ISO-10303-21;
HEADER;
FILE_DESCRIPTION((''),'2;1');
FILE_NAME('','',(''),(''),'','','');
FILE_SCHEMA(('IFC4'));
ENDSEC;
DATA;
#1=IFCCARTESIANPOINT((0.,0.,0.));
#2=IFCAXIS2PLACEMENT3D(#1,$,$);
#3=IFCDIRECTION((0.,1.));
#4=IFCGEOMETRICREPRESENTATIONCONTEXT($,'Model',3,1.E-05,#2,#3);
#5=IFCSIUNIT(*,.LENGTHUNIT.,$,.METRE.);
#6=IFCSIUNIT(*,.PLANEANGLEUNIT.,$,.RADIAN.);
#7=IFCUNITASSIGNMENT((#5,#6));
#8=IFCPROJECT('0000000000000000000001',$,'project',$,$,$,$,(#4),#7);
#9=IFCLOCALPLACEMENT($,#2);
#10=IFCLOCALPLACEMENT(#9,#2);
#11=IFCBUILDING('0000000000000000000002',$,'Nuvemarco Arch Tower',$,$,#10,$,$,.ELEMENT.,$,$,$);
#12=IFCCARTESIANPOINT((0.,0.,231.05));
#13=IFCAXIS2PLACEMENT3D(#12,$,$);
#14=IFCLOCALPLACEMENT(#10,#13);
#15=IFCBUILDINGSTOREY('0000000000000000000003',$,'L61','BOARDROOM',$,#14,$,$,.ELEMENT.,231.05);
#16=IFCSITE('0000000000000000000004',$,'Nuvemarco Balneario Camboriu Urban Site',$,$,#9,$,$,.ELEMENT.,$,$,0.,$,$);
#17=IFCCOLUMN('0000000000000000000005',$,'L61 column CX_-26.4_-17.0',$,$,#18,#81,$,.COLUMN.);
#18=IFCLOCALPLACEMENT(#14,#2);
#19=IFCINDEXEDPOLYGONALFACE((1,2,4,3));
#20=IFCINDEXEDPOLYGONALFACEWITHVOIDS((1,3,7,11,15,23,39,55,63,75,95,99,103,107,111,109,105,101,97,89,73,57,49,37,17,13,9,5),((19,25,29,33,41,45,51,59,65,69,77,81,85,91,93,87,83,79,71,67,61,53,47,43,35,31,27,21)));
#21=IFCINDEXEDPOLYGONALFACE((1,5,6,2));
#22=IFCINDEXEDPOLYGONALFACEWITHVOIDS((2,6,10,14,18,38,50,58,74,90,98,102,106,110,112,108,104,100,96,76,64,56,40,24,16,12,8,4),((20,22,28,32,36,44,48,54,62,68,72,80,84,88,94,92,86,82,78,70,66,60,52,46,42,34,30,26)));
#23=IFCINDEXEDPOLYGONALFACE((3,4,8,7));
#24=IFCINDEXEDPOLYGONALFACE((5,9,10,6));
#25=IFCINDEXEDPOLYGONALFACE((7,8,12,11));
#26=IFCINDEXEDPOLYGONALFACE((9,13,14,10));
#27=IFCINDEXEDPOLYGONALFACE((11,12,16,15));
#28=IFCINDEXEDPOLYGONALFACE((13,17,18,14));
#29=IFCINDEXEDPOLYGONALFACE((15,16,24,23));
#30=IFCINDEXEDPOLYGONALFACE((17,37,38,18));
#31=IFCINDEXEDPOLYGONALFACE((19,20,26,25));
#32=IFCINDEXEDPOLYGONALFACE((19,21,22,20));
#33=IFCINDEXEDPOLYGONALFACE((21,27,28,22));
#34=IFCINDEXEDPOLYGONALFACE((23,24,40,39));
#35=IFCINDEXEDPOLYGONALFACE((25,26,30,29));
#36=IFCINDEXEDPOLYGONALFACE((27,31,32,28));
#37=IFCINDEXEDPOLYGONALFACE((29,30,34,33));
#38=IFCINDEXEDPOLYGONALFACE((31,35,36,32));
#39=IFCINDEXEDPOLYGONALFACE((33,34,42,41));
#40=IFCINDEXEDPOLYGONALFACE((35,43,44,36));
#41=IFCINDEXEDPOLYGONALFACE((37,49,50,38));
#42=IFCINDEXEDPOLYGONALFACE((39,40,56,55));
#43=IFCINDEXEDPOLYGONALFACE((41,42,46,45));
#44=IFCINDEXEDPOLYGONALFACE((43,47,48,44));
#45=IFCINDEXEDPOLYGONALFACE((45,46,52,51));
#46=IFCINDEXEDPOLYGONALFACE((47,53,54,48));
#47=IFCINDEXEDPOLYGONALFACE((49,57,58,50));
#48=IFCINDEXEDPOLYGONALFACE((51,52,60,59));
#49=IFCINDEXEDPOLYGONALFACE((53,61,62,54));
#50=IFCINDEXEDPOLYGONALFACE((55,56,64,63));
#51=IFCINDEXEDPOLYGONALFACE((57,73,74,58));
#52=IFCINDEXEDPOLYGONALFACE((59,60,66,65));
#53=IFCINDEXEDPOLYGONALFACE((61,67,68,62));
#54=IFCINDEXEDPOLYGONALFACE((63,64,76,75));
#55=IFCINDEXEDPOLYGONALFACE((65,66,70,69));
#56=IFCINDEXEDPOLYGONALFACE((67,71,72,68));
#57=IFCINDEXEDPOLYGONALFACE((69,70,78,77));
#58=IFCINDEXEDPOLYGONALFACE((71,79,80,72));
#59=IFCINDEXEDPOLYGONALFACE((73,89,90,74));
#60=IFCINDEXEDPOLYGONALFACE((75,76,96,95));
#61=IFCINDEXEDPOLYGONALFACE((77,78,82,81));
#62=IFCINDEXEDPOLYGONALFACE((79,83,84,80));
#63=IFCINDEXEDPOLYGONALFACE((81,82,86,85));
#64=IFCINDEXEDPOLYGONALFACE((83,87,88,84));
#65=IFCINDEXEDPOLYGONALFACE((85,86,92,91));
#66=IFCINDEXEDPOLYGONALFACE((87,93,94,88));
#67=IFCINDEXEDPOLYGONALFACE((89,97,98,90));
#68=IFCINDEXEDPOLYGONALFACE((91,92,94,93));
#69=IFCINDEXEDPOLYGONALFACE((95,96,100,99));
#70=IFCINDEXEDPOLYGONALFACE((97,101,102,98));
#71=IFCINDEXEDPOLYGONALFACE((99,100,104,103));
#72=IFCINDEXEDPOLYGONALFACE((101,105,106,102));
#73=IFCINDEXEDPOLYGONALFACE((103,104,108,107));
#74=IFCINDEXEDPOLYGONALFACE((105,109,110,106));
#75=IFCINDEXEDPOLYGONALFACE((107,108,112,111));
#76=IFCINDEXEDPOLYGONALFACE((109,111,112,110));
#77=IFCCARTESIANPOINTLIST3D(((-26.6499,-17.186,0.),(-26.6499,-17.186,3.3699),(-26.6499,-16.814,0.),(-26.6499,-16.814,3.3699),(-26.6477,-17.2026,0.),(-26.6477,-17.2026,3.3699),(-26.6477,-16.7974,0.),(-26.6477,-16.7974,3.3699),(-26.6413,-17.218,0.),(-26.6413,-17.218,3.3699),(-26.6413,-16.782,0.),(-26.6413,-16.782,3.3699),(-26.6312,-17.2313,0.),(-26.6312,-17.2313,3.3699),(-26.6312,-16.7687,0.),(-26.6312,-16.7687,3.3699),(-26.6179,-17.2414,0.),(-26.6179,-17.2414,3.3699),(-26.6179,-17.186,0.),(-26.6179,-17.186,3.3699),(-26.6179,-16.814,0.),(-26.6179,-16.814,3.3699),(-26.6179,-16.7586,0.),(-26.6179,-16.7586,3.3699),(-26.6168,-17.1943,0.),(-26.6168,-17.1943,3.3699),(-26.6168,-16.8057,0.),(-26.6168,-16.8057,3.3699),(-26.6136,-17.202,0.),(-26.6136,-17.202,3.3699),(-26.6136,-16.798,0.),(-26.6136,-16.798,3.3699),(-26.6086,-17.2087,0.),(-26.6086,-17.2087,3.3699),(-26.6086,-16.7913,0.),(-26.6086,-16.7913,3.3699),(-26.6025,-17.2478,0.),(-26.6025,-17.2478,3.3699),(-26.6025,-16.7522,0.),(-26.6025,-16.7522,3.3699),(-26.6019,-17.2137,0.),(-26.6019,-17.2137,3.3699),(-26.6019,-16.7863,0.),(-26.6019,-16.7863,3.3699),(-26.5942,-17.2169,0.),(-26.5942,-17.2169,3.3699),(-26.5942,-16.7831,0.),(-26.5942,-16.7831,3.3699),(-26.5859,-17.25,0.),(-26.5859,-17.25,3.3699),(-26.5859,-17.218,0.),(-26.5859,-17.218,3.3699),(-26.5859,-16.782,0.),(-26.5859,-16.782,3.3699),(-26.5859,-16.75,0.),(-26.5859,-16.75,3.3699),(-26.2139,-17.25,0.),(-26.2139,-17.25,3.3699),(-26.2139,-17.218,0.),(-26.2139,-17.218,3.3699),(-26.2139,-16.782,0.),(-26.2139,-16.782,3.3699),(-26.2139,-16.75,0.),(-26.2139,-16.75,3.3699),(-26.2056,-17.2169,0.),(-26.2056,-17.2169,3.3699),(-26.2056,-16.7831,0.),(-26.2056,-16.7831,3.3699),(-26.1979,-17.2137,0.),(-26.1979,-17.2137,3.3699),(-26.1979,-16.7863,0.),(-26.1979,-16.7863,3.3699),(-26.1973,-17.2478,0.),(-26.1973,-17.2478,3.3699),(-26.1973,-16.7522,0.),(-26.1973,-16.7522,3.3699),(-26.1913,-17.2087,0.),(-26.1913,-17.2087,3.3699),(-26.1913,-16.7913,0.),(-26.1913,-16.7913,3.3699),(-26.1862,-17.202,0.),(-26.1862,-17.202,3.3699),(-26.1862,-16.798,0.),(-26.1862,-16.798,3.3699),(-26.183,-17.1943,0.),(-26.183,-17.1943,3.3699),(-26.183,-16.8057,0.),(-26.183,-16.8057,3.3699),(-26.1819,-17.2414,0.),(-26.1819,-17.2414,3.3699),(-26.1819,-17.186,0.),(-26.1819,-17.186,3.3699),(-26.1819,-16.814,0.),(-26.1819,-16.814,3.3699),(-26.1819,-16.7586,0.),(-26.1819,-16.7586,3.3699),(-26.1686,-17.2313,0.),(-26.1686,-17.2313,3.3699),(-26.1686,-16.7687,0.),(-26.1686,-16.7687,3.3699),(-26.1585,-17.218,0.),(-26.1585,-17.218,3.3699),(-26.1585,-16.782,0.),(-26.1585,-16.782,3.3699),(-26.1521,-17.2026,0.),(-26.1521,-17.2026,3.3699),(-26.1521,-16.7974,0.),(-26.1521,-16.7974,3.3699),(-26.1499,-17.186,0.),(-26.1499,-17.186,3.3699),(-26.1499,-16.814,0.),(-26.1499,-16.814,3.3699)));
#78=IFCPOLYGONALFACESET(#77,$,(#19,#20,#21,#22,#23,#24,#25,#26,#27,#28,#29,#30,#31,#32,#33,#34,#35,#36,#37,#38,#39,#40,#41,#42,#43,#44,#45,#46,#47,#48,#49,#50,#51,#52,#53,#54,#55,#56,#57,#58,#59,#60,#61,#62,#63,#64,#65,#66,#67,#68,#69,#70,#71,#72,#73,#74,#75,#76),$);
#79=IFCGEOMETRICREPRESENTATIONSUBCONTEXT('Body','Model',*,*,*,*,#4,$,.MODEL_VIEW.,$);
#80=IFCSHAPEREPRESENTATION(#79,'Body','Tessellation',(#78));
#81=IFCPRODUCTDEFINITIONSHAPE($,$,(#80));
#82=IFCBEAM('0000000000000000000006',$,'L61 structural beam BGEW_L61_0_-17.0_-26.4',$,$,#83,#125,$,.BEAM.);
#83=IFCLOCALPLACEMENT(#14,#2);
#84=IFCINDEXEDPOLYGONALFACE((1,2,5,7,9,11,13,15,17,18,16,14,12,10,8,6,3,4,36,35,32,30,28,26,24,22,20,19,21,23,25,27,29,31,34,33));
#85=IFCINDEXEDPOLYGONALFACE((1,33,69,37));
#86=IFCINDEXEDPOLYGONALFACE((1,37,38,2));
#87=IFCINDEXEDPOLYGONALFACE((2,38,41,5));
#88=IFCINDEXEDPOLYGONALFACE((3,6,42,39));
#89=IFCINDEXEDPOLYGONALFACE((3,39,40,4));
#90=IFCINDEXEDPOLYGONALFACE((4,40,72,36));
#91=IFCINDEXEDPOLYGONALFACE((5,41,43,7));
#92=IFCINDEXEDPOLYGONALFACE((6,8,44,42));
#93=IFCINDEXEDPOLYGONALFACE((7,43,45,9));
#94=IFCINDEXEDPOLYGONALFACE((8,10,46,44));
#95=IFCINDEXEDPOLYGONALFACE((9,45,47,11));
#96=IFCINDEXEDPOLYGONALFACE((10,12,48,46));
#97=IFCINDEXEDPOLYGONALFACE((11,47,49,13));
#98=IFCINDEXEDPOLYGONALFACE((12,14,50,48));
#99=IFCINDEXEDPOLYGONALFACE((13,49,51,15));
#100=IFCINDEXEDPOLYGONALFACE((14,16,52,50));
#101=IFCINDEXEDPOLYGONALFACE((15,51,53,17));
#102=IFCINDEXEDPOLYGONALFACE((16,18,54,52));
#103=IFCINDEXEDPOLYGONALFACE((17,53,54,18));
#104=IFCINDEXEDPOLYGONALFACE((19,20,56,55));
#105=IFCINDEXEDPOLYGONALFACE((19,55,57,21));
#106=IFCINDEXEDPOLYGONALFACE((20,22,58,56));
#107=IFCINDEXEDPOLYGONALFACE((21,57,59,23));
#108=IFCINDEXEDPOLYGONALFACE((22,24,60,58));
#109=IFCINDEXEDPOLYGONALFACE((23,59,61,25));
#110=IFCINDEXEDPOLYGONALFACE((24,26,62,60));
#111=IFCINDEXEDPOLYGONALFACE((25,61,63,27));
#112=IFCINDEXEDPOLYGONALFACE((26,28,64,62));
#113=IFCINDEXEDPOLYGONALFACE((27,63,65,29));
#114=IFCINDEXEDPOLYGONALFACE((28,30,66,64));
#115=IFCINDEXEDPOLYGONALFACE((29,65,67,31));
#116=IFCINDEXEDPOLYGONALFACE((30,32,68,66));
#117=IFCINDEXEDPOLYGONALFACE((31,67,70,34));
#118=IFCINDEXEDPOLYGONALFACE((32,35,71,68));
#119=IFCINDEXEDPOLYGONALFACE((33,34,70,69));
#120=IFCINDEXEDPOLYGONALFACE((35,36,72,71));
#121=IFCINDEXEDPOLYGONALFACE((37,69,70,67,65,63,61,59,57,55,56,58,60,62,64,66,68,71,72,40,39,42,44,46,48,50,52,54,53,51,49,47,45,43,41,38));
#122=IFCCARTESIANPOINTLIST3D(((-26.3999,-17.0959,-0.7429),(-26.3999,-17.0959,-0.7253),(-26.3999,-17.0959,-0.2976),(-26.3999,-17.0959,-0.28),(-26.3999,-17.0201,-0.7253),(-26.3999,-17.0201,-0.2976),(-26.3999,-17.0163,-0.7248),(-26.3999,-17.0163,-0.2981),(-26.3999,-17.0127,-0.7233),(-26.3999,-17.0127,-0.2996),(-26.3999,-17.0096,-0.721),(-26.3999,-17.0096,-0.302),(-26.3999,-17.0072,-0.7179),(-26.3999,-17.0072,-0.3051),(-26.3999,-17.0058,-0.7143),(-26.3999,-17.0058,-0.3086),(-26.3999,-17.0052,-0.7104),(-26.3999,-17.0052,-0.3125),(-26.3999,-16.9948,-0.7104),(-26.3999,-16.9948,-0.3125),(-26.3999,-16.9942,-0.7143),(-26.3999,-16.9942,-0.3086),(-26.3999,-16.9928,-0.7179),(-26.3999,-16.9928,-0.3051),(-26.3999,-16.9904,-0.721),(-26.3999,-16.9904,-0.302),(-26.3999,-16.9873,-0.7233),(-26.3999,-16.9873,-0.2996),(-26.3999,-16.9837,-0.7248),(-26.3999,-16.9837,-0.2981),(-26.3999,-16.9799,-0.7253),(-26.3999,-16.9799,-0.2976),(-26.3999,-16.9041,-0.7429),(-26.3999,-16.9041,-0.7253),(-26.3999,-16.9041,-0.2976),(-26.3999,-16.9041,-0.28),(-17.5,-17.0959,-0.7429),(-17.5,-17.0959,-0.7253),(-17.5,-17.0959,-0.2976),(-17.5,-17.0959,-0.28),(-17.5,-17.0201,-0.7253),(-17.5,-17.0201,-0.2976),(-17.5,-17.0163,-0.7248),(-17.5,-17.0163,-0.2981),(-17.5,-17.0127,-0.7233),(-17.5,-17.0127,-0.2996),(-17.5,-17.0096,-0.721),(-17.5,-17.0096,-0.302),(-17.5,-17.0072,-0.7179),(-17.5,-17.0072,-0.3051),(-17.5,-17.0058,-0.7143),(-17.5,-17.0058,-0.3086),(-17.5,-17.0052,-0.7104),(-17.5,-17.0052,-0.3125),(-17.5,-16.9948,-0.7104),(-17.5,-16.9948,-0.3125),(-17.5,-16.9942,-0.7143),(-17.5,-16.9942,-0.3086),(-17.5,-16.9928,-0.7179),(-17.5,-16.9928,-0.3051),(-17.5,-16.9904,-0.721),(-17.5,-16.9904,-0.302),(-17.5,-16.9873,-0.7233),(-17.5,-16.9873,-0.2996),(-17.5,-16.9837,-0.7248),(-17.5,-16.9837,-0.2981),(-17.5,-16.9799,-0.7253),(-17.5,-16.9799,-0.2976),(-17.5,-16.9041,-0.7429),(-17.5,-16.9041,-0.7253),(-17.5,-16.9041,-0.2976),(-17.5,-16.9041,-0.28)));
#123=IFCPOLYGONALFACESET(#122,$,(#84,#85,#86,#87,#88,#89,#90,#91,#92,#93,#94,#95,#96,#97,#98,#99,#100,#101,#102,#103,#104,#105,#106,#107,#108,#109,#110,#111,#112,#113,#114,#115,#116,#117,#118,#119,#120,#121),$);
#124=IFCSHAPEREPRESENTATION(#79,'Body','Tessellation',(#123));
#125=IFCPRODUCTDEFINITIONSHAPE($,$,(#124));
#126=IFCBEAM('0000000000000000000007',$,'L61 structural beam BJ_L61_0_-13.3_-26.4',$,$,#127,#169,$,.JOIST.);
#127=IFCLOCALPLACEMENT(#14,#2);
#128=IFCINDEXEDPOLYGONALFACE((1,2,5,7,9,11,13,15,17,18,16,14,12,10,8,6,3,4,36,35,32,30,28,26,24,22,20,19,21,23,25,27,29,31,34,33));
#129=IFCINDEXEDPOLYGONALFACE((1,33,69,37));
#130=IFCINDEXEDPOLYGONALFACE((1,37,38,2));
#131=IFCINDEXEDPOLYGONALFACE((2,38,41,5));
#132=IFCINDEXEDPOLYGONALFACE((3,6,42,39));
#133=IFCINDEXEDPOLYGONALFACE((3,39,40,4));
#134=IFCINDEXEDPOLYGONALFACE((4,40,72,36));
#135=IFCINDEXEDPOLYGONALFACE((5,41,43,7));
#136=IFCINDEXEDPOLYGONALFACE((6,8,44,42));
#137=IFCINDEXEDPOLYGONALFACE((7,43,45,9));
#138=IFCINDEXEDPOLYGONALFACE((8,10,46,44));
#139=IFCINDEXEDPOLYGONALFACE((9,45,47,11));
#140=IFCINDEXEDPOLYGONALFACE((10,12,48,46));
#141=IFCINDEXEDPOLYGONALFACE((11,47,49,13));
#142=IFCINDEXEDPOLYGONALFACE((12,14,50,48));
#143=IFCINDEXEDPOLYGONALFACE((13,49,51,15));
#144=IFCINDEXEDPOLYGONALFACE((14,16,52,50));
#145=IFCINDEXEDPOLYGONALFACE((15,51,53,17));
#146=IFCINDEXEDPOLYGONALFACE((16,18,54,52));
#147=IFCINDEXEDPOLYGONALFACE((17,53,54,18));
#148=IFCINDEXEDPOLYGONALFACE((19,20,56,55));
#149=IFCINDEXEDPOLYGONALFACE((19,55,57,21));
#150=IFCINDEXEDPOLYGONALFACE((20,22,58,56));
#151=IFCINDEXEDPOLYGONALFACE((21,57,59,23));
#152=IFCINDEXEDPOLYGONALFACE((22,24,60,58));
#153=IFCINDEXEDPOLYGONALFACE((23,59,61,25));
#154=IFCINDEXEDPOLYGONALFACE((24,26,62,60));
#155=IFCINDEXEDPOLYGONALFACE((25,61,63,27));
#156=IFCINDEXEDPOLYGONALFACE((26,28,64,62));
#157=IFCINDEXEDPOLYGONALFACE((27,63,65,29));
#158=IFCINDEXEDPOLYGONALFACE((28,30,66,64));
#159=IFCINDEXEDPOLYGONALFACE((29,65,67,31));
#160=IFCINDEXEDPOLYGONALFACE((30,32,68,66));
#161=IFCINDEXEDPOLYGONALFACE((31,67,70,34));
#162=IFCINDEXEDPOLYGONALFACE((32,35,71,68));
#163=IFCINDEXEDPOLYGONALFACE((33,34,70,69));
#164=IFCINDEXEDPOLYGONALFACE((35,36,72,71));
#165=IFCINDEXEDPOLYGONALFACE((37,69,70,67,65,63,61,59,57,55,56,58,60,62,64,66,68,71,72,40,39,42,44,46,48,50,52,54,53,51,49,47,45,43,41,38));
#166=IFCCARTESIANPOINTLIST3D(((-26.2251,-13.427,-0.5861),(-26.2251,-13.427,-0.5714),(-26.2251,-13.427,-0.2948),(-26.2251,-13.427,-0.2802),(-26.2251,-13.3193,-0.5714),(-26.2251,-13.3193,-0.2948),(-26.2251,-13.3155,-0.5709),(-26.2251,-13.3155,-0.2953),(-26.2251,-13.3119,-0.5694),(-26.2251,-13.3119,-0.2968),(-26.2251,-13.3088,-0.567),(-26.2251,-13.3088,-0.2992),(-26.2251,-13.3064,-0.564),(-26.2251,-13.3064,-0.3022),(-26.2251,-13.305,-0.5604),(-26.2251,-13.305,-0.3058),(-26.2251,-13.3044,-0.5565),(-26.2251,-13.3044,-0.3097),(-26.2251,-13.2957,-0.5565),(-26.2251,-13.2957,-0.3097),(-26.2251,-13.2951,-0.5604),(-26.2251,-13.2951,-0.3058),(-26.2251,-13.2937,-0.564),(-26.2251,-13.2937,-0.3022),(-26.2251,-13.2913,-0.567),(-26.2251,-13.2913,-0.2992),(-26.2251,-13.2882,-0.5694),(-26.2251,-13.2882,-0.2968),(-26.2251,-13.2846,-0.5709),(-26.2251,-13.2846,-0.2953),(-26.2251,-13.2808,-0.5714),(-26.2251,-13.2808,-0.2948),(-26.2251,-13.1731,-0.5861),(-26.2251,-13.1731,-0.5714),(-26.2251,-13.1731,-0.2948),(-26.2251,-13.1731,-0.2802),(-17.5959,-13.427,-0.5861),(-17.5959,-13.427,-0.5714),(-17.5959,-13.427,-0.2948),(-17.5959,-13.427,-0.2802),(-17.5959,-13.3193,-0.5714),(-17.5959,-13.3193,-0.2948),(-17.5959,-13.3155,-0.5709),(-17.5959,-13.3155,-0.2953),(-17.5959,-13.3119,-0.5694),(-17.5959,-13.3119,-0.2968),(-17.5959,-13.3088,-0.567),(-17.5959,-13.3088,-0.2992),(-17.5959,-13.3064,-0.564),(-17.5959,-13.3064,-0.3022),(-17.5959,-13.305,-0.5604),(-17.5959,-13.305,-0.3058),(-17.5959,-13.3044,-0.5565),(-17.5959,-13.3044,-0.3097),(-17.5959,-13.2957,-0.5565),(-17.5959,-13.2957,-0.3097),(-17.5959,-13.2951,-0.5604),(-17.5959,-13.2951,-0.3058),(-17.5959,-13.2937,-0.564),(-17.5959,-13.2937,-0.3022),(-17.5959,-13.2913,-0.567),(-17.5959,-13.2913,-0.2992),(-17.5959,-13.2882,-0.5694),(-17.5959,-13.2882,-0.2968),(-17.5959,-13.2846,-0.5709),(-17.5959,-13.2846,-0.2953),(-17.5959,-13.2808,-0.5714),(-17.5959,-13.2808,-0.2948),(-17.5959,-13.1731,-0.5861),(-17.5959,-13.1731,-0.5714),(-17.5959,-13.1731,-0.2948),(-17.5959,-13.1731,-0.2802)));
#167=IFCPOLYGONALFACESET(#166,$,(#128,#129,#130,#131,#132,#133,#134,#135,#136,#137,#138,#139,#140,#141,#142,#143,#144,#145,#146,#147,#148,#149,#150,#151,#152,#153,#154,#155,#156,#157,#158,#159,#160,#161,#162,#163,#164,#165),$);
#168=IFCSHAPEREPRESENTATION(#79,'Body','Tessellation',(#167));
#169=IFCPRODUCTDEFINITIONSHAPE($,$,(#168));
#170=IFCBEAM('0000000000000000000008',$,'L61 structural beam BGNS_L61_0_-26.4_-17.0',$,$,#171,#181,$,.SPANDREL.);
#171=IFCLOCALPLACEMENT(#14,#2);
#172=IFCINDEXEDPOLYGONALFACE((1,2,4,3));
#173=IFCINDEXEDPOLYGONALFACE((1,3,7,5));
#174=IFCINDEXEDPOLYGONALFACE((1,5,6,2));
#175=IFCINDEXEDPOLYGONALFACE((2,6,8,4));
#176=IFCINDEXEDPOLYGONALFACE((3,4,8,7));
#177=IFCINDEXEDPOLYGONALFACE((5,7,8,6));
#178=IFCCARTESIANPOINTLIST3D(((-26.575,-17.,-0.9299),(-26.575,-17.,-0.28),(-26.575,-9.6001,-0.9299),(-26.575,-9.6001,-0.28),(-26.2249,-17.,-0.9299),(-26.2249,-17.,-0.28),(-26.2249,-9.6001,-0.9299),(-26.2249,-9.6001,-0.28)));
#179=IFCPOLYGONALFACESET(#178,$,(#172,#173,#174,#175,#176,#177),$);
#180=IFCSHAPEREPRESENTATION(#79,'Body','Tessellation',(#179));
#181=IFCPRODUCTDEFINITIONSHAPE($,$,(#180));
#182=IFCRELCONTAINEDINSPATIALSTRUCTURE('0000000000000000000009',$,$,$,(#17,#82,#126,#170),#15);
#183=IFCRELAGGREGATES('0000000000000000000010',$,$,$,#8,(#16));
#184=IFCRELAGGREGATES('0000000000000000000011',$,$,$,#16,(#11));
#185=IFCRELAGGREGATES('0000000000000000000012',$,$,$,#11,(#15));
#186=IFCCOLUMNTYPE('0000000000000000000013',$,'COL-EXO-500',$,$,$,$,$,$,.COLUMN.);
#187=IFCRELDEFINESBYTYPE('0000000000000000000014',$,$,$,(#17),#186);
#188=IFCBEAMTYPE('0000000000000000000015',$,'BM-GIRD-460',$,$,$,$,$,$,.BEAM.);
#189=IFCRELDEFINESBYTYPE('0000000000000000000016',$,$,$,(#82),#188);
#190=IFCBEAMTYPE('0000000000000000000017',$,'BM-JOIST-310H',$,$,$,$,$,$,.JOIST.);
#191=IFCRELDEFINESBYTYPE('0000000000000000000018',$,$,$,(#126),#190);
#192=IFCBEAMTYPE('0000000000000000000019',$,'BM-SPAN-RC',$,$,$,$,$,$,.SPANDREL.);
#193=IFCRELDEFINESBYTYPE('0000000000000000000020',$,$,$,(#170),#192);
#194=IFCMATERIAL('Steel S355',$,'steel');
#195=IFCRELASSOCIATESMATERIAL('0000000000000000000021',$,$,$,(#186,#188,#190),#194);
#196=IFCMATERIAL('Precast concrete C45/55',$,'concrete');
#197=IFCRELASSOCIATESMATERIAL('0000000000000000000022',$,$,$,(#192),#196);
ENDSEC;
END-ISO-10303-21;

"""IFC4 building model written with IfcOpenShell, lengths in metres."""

from ifc_helpers import new_model, si_unit, direction, frame, origin, origin_2d, place, context, subcontext, project, spatial, rectangle, hollow_rectangle, i_section, extrude, material, material_profile, profile_set, type_object, element, save


model = new_model("IFC4")

# Units and contexts
model_context = context("Model", 3, precision=1e-05, world=origin(), true_north=direction((0.0, 1.0)))
body_context = subcontext(model_context, "Body", "Model", "MODEL_VIEW")
ifc_project = project(units=[si_unit("LENGTHUNIT", "METRE"), si_unit("PLANEANGLEUNIT", "RADIAN")], contexts=[model_context])

# Site, building, storey
site_placement = place(None, origin())
site = spatial("IfcSite", under=ifc_project, at=site_placement, Name="Nuvemarco Balneario Camboriu Urban Site", CompositionType="ELEMENT", RefElevation=0.0)
building_placement = place(site_placement, origin())
building = spatial("IfcBuilding", under=site, at=building_placement, Name="Nuvemarco Arch Tower", CompositionType="ELEMENT")
storey_placement = place(building_placement, frame((0.0, 0.0, 231.05)))
storey = spatial("IfcBuildingStorey", under=building, at=storey_placement, Name="L61", Description="BOARDROOM", CompositionType="ELEMENT", Elevation=231.05)

# Column
ifc_material_1 = material(Name="Steel S355", Category="steel")
ifc_material_profile_1 = material_profile(ifc_material_1, hollow_rectangle(XDim=0.5, YDim=0.5, WallThickness=0.032, InnerFilletRadius=0.032, OuterFilletRadius=0.064, at=origin_2d()), Name="SHS500x500x32")
ifc_profile_set_1 = profile_set([ifc_material_profile_1], Name="Steel S355")
column_type = type_object("IfcColumnType", Name="COL-EXO-500", PredefinedType="COLUMN", material=ifc_profile_set_1)
column_placement = place(storey_placement, frame((-26.3999, -17.0, 0.0), z_axis=(0.0, 0.0, 1.0), x_axis=(1.0, 0.0, 0.0)))
element("IfcColumn", 1, at=column_placement, inside=storey, type_object=column_type, Name="L61 column CX_-26.4_-17.0", PredefinedType="COLUMN", context=body_context, shape_type="SweptSolid", body=[
    extrude(hollow_rectangle(XDim=0.5, YDim=0.5, WallThickness=0.032, InnerFilletRadius=0.032, OuterFilletRadius=0.064, at=origin_2d()), origin(), (0.0, 0.0, 1.0), 3.3699),
])

# Beams
ifc_material_profile_2 = material_profile(ifc_material_1, i_section(OverallWidth=0.1919, OverallDepth=0.4629, WebThickness=0.0105, FlangeThickness=0.0176, FilletRadius=0.0149, at=origin_2d()), Name="W460x89")
ifc_profile_set_2 = profile_set([ifc_material_profile_2], Name="Steel S355")
beam_type_1 = type_object("IfcBeamType", Name="BM-GIRD-460", PredefinedType="BEAM", material=ifc_profile_set_2)
beam_1_placement = place(storey_placement, frame((-26.3999, -17.0, -0.5115), z_axis=(1.0, 0.0, 0.0), x_axis=(0.0, 1.0, 0.0)))
element("IfcBeam", 2, at=beam_1_placement, inside=storey, type_object=beam_type_1, Name="L61 structural beam BGEW_L61_0_-17.0_-26.4", PredefinedType="BEAM", context=body_context, shape_type="SweptSolid", body=[
    extrude(i_section(OverallWidth=0.1919, OverallDepth=0.4629, WebThickness=0.0105, FlangeThickness=0.0176, FilletRadius=0.0149, at=origin_2d()), origin(), (0.0, 0.0, 1.0), 8.8999),
])
ifc_material_profile_3 = material_profile(ifc_material_1, i_section(OverallWidth=0.2539, OverallDepth=0.3059, WebThickness=0.0088, FlangeThickness=0.0146, FilletRadius=0.0149, at=origin_2d()), Name="W310x79")
ifc_profile_set_3 = profile_set([ifc_material_profile_3], Name="Steel S355")
beam_type_2 = type_object("IfcBeamType", Name="BM-JOIST-310H", PredefinedType="JOIST", material=ifc_profile_set_3)
beam_2_placement = place(storey_placement, frame((-26.2251, -13.3, -0.4331), z_axis=(1.0, 0.0, 0.0), x_axis=(0.0, 1.0, 0.0)))
element("IfcBeam", 3, at=beam_2_placement, inside=storey, type_object=beam_type_2, Name="L61 structural beam BJ_L61_0_-13.3_-26.4", PredefinedType="JOIST", context=body_context, shape_type="SweptSolid", body=[
    extrude(i_section(OverallWidth=0.2539, OverallDepth=0.3059, WebThickness=0.0088, FlangeThickness=0.0146, FilletRadius=0.0149, at=origin_2d()), origin(), (0.0, 0.0, 1.0), 8.6292),
])
ifc_material_2 = material(Name="Precast concrete C45/55", Category="concrete")
ifc_material_profile_4 = material_profile(ifc_material_2, rectangle(XDim=0.3501, YDim=0.6499, at=origin_2d()), Name="PC-SP-350x650")
ifc_profile_set_4 = profile_set([ifc_material_profile_4], Name="Precast concrete C45/55")
beam_type_3 = type_object("IfcBeamType", Name="BM-SPAN-RC", PredefinedType="SPANDREL", material=ifc_profile_set_4)
beam_3_placement = place(storey_placement, frame((-26.3999, -17.0, -0.605), z_axis=(0.0, 1.0, 0.0), x_axis=(-1.0, 0.0, 0.0)))
element("IfcBeam", 4, at=beam_3_placement, inside=storey, type_object=beam_type_3, Name="L61 structural beam BGNS_L61_0_-26.4_-17.0", PredefinedType="SPANDREL", context=body_context, shape_type="SweptSolid", body=[
    extrude(rectangle(XDim=0.3501, YDim=0.6499, at=origin_2d()), origin(), (0.0, 0.0, 1.0), 7.3999),
])

save(model, "model.ifc")
